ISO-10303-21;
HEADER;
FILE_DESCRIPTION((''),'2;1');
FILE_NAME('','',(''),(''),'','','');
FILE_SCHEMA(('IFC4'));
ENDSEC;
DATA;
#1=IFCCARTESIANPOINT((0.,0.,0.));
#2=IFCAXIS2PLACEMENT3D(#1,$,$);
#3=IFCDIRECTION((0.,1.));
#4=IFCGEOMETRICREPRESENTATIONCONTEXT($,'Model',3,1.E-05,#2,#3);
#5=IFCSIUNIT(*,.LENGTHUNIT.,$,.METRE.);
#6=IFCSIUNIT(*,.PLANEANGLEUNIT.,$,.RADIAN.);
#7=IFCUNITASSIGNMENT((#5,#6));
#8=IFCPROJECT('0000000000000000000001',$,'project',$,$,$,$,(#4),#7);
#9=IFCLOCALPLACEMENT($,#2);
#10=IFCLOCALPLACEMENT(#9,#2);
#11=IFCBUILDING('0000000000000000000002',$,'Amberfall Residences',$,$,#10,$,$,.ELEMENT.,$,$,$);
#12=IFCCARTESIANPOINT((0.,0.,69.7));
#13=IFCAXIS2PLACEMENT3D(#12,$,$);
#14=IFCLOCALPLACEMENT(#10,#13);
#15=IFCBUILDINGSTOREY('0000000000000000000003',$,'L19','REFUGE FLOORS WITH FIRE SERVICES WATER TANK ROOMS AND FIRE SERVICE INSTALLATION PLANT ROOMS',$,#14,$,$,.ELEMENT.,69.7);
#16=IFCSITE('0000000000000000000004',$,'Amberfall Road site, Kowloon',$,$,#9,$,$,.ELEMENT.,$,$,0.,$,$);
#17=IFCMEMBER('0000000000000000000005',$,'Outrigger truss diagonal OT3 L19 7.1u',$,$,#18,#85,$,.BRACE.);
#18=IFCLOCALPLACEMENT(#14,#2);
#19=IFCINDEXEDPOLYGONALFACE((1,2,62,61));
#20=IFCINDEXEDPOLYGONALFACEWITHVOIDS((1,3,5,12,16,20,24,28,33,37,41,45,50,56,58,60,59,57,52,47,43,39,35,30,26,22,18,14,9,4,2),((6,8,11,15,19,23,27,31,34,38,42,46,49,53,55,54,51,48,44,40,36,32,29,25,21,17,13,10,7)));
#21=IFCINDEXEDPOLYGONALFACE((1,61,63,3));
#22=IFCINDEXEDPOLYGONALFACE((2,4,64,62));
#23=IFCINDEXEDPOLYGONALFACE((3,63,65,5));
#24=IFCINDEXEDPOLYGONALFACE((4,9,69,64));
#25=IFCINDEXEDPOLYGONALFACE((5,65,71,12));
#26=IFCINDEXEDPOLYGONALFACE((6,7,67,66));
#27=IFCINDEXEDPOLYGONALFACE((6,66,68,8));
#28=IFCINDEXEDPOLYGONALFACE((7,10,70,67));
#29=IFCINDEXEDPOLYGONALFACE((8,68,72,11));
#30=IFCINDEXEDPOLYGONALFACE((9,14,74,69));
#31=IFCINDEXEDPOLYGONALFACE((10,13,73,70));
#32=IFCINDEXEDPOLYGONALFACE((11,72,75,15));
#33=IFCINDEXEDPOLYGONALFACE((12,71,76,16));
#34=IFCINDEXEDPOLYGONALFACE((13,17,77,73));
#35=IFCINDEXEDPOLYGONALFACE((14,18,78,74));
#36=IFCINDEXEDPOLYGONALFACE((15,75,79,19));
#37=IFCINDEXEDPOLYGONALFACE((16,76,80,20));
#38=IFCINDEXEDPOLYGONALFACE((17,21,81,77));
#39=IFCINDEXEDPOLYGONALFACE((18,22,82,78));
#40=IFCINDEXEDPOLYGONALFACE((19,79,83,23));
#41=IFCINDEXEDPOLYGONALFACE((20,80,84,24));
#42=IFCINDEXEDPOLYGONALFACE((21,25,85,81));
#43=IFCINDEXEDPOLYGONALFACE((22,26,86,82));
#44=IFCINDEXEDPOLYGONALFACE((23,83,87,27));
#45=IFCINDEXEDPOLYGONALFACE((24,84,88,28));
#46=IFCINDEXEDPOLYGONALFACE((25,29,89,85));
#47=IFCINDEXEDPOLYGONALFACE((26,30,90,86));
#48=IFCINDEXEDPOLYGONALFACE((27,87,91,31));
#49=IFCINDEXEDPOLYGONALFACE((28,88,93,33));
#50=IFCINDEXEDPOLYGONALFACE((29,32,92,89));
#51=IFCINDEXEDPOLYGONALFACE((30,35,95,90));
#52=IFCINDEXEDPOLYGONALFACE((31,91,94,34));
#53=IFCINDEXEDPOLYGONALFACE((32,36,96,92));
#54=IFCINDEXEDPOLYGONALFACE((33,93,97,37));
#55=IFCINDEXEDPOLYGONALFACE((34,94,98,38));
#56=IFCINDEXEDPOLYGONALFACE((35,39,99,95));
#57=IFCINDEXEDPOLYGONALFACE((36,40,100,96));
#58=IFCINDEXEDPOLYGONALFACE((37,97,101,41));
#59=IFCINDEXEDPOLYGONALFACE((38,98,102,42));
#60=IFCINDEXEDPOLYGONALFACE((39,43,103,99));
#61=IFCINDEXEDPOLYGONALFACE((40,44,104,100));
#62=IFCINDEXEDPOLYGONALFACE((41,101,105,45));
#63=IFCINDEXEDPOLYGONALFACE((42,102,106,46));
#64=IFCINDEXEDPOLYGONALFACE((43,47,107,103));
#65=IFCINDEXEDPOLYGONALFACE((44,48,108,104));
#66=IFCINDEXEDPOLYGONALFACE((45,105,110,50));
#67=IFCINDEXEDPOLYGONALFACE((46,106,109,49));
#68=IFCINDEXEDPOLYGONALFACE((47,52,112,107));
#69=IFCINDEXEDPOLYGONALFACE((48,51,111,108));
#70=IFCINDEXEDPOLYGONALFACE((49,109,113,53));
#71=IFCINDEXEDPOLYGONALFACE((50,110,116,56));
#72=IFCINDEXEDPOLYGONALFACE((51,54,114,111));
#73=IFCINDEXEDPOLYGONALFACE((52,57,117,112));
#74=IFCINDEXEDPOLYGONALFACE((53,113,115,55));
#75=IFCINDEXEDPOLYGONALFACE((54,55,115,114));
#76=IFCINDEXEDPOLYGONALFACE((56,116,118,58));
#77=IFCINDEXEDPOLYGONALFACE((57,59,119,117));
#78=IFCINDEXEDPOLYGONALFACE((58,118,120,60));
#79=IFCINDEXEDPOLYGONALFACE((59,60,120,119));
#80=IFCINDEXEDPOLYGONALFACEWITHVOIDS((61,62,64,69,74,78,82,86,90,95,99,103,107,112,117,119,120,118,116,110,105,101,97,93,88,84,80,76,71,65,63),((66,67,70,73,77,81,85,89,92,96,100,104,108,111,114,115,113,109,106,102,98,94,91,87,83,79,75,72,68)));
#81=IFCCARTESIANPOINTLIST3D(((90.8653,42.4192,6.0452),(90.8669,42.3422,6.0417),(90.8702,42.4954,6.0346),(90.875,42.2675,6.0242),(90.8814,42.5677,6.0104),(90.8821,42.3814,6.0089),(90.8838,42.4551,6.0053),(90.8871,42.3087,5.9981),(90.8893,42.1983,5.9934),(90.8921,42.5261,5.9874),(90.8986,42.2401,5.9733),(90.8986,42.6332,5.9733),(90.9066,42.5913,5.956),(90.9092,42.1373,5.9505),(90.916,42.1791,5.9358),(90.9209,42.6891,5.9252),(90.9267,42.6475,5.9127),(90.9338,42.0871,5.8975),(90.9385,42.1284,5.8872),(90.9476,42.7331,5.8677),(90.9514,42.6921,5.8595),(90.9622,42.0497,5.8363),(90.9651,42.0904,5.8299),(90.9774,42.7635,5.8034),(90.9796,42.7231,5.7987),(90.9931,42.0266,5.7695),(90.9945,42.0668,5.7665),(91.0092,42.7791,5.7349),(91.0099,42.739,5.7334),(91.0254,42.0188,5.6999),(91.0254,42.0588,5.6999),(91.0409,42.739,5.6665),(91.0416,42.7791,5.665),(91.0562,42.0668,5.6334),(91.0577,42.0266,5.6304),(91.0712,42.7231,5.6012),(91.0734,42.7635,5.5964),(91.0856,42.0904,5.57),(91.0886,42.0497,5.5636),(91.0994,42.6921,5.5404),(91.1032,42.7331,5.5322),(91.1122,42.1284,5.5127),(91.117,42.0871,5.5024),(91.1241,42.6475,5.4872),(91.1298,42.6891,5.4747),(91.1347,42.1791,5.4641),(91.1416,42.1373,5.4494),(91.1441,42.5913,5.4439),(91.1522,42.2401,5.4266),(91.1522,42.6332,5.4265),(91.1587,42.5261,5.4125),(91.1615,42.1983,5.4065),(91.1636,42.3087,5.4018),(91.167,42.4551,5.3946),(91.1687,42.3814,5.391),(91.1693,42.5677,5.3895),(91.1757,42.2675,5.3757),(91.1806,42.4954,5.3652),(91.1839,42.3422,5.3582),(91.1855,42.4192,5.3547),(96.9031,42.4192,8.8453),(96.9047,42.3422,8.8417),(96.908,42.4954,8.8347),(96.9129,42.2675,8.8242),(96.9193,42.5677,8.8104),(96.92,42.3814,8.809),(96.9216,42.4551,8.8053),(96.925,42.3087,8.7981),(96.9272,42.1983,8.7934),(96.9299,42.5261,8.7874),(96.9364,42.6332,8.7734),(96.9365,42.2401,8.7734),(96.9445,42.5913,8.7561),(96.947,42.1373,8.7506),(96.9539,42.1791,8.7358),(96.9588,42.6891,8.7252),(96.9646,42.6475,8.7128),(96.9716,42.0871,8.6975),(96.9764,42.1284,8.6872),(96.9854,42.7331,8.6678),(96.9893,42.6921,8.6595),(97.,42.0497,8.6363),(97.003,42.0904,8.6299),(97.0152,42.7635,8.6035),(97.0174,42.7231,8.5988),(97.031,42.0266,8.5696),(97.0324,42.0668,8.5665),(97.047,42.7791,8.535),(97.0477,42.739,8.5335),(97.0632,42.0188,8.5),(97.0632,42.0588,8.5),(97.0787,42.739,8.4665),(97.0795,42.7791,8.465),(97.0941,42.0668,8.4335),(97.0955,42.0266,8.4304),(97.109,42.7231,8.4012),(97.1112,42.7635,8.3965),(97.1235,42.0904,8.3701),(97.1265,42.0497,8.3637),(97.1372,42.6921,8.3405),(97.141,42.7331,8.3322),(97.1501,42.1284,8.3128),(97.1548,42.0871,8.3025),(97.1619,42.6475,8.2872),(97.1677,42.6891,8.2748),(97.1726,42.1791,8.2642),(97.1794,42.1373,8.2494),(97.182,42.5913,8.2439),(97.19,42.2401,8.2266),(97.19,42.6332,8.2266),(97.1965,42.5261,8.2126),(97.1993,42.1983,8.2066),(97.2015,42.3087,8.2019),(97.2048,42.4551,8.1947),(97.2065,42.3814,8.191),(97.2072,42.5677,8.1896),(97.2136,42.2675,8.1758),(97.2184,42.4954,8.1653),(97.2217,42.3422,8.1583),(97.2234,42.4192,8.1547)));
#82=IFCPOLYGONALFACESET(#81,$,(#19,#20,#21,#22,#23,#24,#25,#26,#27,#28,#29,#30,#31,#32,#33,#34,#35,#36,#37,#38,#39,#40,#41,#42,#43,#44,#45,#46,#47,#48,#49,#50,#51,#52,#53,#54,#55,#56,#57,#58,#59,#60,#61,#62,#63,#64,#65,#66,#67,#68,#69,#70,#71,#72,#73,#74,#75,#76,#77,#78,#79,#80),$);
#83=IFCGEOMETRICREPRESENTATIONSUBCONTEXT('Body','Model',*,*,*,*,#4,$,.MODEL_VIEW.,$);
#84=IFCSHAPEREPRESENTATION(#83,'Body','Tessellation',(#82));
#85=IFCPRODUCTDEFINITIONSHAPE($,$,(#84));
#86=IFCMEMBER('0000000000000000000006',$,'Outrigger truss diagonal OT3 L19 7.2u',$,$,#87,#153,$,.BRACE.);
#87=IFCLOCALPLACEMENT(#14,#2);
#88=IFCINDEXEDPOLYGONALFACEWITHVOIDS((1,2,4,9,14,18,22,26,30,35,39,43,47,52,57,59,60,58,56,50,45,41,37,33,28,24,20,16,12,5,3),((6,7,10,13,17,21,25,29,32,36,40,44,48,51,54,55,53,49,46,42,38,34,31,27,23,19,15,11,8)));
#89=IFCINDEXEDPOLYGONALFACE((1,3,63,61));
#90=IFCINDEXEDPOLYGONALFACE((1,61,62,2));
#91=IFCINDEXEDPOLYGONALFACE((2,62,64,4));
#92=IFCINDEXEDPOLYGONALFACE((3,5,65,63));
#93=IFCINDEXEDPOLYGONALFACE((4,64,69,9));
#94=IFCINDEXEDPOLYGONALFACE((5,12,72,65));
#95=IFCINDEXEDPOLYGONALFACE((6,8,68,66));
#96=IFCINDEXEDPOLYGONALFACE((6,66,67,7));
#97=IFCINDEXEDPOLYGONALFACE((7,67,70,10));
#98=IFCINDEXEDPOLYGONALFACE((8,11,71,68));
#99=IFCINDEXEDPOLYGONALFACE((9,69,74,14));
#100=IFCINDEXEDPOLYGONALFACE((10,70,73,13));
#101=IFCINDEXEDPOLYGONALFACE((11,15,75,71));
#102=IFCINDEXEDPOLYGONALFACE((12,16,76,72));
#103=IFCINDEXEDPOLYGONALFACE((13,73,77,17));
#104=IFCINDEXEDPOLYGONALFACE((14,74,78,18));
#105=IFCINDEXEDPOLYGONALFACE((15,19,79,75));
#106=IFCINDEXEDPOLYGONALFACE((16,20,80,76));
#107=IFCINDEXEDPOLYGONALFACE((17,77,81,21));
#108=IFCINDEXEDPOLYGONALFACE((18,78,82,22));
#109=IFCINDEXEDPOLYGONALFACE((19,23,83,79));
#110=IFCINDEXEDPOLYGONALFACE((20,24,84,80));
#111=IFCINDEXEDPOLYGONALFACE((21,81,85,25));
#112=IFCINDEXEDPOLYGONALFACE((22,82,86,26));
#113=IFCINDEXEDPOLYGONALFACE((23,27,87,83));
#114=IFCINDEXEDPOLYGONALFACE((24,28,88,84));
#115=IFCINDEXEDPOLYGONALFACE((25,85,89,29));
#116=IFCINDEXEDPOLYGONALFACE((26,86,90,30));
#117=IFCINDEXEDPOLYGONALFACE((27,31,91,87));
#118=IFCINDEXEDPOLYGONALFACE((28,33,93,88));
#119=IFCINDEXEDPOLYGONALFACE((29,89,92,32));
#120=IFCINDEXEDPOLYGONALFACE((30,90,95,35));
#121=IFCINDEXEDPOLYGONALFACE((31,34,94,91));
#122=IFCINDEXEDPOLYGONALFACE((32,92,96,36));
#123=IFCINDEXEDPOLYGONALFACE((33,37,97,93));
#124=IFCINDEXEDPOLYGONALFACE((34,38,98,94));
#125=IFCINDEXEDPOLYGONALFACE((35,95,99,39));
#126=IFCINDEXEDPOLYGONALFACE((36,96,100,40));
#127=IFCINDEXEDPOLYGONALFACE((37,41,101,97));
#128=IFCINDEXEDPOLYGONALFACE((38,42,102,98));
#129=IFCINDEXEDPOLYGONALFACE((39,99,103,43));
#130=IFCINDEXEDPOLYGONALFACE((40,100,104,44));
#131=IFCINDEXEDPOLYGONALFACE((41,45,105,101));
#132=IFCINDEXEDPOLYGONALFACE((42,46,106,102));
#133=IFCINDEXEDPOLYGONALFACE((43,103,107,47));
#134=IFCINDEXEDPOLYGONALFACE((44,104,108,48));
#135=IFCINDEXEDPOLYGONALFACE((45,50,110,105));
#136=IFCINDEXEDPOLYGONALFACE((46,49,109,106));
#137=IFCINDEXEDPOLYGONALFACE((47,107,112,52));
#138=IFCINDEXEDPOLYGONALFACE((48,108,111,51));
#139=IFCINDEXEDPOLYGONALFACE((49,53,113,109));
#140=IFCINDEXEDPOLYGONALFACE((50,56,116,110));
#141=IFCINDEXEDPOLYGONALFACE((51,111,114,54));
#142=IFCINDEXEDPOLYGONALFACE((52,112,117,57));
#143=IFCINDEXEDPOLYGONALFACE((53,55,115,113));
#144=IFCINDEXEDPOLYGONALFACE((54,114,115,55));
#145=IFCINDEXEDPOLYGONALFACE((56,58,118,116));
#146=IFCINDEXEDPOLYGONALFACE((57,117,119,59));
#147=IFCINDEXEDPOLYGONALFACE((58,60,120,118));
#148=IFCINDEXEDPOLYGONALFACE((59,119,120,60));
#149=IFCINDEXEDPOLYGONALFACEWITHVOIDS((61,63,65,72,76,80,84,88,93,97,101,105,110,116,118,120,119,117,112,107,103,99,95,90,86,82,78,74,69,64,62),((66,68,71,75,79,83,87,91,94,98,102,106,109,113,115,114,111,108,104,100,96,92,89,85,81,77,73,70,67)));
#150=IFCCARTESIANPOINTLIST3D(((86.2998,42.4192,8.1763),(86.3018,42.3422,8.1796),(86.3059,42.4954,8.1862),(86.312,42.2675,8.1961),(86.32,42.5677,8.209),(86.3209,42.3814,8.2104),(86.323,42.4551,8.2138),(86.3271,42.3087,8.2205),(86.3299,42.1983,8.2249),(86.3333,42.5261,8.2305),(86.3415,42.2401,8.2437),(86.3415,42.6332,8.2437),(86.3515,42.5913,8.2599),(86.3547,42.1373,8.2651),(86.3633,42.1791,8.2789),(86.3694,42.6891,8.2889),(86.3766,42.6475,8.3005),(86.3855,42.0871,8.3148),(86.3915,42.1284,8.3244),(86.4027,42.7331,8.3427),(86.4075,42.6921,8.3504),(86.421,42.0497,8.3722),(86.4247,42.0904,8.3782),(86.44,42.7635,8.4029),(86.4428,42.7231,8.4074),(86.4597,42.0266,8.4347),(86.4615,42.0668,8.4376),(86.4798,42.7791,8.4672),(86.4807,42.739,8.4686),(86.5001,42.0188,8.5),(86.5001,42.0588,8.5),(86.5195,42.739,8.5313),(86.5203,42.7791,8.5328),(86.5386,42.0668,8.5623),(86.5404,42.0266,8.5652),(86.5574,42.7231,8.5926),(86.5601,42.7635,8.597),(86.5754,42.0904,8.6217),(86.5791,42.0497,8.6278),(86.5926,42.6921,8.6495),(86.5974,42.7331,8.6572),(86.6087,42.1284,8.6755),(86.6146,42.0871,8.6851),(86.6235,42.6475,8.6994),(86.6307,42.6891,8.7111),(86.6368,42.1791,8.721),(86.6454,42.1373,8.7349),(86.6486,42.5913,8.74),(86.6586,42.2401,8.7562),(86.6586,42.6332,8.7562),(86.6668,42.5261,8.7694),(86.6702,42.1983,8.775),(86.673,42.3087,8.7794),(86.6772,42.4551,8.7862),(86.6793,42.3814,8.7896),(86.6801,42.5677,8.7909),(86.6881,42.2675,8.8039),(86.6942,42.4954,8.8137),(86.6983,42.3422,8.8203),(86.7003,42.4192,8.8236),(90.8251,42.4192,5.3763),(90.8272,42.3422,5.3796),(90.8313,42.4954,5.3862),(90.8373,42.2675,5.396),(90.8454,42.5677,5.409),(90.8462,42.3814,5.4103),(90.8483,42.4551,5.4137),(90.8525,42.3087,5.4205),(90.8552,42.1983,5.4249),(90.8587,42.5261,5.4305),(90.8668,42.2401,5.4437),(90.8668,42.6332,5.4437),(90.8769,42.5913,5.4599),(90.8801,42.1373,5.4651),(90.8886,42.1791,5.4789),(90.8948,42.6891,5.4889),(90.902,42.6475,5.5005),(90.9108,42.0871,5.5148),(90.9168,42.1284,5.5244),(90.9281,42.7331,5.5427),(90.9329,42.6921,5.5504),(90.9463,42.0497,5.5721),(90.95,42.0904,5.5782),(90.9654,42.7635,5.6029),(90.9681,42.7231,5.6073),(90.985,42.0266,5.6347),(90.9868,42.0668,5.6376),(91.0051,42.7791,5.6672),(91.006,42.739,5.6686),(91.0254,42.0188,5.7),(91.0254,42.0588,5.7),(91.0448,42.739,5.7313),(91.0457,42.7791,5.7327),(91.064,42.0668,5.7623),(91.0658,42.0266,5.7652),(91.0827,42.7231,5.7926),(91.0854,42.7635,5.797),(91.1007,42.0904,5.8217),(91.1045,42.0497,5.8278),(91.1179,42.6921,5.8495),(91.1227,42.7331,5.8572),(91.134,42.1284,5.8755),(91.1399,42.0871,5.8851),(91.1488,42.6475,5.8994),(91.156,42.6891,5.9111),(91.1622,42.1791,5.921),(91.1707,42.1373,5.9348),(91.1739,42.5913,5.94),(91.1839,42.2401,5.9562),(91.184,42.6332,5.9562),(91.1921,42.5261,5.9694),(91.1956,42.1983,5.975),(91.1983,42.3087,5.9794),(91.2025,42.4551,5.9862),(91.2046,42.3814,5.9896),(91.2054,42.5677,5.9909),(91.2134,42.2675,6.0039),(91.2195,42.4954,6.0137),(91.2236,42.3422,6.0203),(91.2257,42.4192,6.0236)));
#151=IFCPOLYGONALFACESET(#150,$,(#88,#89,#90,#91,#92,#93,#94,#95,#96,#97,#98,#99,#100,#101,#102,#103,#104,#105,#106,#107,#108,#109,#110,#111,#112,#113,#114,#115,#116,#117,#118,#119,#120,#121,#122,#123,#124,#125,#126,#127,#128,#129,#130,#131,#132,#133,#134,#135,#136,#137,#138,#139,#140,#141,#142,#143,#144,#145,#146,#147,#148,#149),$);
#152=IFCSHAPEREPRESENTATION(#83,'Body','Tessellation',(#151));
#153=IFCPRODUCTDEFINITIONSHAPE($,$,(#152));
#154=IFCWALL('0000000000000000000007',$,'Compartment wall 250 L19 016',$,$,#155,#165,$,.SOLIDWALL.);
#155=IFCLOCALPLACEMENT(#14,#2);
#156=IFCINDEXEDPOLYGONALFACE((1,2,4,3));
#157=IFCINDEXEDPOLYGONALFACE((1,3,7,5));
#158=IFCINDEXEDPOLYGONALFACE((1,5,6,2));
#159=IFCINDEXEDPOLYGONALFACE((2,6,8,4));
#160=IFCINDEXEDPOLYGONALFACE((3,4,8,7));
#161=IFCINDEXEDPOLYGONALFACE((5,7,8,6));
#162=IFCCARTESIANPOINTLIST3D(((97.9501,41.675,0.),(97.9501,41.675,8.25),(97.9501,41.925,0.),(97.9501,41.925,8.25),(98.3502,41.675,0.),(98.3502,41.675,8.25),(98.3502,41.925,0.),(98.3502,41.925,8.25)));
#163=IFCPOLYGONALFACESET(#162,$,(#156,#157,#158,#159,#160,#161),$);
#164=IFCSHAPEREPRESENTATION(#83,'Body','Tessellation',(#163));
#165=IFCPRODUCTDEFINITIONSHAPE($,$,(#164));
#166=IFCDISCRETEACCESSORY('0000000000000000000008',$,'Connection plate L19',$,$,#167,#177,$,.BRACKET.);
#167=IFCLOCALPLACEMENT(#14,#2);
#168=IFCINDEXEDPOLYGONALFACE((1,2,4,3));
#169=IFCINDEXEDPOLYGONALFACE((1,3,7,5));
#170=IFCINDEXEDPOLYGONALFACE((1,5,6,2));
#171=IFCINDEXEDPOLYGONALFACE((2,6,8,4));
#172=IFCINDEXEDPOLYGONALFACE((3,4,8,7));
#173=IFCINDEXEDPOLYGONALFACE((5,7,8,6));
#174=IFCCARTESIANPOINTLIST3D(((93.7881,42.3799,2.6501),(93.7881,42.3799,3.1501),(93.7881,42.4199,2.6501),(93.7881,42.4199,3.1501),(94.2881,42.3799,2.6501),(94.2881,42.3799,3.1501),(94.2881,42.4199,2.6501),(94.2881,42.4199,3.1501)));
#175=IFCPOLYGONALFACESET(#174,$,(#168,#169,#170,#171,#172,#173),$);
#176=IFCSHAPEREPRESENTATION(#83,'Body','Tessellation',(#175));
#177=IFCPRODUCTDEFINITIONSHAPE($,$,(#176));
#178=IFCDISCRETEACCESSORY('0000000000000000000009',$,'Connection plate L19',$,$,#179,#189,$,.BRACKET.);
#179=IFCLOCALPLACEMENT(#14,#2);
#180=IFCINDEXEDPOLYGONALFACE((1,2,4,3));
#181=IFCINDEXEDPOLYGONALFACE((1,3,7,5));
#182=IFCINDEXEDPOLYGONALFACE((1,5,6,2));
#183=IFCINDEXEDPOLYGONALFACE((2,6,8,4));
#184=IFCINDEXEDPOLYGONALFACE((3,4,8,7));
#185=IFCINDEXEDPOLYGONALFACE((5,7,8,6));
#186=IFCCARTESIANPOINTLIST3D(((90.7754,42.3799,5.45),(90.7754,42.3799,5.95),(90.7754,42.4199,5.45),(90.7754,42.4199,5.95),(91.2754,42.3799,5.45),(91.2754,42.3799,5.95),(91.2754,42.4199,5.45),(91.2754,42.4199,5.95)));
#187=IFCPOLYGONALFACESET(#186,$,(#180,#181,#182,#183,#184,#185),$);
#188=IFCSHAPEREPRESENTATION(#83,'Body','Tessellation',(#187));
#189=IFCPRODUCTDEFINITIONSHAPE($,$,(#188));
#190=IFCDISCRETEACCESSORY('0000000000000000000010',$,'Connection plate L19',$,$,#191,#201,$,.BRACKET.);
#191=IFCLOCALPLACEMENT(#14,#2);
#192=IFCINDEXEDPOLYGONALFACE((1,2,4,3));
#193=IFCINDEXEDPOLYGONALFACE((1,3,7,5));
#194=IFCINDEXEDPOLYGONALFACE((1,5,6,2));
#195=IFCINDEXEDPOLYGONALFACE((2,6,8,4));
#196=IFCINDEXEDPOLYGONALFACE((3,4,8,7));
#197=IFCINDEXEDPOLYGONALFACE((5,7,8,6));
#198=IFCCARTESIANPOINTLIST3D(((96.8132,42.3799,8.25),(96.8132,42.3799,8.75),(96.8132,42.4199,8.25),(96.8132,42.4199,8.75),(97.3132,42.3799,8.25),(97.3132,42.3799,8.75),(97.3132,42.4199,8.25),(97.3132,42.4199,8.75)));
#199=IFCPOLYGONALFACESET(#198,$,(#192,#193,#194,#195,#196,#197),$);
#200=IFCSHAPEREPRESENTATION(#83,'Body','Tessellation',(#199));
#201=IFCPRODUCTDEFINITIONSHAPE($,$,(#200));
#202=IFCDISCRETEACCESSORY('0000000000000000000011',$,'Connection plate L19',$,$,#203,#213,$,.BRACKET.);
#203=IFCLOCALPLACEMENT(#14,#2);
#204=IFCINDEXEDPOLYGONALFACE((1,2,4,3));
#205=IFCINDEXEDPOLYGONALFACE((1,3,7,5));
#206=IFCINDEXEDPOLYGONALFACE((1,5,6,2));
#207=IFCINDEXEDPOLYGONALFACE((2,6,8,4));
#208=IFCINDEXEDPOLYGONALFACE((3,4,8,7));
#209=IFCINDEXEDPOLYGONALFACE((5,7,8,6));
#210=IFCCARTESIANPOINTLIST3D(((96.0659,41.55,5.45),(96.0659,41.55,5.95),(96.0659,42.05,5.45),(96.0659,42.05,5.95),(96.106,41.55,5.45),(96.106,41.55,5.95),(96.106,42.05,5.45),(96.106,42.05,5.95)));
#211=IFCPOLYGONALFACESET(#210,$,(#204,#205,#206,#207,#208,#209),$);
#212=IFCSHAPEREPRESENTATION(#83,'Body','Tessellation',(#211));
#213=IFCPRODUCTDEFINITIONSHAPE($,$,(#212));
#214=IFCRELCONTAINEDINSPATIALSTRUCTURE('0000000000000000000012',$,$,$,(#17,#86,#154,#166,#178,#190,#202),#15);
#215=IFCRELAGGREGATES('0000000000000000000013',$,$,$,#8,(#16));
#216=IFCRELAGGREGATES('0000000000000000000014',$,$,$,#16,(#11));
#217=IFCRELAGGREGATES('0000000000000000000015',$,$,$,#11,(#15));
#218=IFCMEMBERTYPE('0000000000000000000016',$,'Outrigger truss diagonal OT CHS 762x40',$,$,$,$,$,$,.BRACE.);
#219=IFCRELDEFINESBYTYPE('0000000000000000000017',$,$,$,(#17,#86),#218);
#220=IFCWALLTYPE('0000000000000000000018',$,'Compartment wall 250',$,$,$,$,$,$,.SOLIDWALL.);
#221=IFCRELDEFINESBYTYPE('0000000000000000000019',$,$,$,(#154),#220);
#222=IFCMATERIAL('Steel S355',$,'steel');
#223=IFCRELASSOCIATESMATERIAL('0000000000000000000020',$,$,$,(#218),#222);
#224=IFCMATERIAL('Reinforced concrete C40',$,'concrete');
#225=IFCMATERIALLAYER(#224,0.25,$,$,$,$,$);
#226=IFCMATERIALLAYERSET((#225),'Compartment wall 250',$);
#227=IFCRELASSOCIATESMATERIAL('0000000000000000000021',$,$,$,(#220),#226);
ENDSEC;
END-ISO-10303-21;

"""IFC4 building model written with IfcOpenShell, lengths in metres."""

from ifc_helpers import new_model, si_unit, direction, frame, frame_2d, origin, origin_2d, place, context, subcontext, project, spatial, rectangle, hollow_circle, extrude, material, layer, layer_set, material_profile, profile_set, type_object, element, save


model = new_model("IFC4")

# Units and contexts
model_context = context("Model", 3, precision=1e-05, world=origin(), true_north=direction((0.0, 1.0)))
body_context = subcontext(model_context, "Body", "Model", "MODEL_VIEW")
ifc_project = project(units=[si_unit("LENGTHUNIT", "METRE"), si_unit("PLANEANGLEUNIT", "RADIAN")], contexts=[model_context])

# Site, building, storey
site_placement = place(None, origin())
site = spatial("IfcSite", under=ifc_project, at=site_placement, Name="Amberfall Road site, Kowloon", CompositionType="ELEMENT", RefElevation=0.0)
building_placement = place(site_placement, origin())
building = spatial("IfcBuilding", under=site, at=building_placement, Name="Amberfall Residences", CompositionType="ELEMENT")
storey_placement = place(building_placement, frame((0.0, 0.0, 69.7)))
storey = spatial("IfcBuildingStorey", under=building, at=storey_placement, Name="L19", Description="REFUGE FLOORS WITH FIRE SERVICES WATER TANK ROOMS AND FIRE SERVICE INSTALLATION PLANT ROOMS", CompositionType="ELEMENT", Elevation=69.7)

# Shared definitions
ifc_material_1 = material(Name="Steel S355", Category="steel")

# Members
ifc_material_profile_1 = material_profile(ifc_material_1, hollow_circle(Radius=0.3811, WallThickness=0.04, at=origin_2d()), Name="CHS 762x40")
ifc_profile_set_1 = profile_set([ifc_material_profile_1], Name="Steel S355")
member_type_1 = type_object("IfcMemberType", Name="Outrigger truss diagonal OT CHS 762x40", PredefinedType="BRACE", material=ifc_profile_set_1)
member_1_placement = place(storey_placement, frame((97.0632, 42.3999, 8.5), z_axis=(-0.907195, 0.0, -0.420711), x_axis=(0.0, -1.0, 0.0)))
element("IfcMember", 1, at=member_1_placement, inside=storey, type_object=member_type_1, Name="Outrigger truss diagonal OT3 L19 7.1u", PredefinedType="BRACE", context=body_context, shape_type="SweptSolid", body=[
    extrude(hollow_circle(Radius=0.3811, WallThickness=0.04, at=origin_2d()), origin(), (0.0, 0.0, 1.0), 6.6555),
])
member_2_placement = place(storey_placement, frame((91.0254, 42.3999, 5.7), z_axis=(-0.850381, 0.0, 0.526167), x_axis=(0.0, -1.0, 0.0)))
element("IfcMember", 2, at=member_2_placement, inside=storey, type_object=member_type_1, Name="Outrigger truss diagonal OT3 L19 7.2u", PredefinedType="BRACE", context=body_context, shape_type="SweptSolid", body=[
    extrude(hollow_circle(Radius=0.3811, WallThickness=0.04, at=origin_2d()), origin(), (0.0, 0.0, 1.0), 5.3215),
])

# Wall
ifc_material_2 = material(Name="Reinforced concrete C40", Category="concrete")
ifc_layer = layer(ifc_material_2, 0.25)
ifc_layer_set = layer_set([ifc_layer], Name="Compartment wall 250")
wall_type = type_object("IfcWallType", Name="Compartment wall 250", PredefinedType="SOLIDWALL", material=ifc_layer_set)
wall_placement = place(storey_placement, frame((97.95, 41.8, 0.0), z_axis=(0.0, 0.0, 1.0), x_axis=(1.0, 0.0, 0.0)))
element("IfcWall", 3, at=wall_placement, inside=storey, type_object=wall_type, Name="Compartment wall 250 L19 016", PredefinedType="SOLIDWALL", context=body_context, shape_type="SweptSolid", body=[
    extrude(rectangle(XDim=0.4001, YDim=0.25, at=frame_2d((0.2002, 0.0))), origin(), (0.0, 0.0, 1.0), 8.25),
])

# Discrete accessories
for number, where, z_axis, x_axis, name in (
    (4, (94.0381, 42.3999, 2.6501), (0.0, 0.0, 1.0), (1.0, 0.0, 0.0), "Connection plate L19"),
    (5, (91.0254, 42.3999, 5.45), (0.0, 0.0, 1.0), (1.0, 0.0, 0.0), "Connection plate L19"),
    (6, (97.0632, 42.3999, 8.25), (0.0, 0.0, 1.0), (1.0, 0.0, 0.0), "Connection plate L19"),
    (7, (96.0859, 41.8, 5.45), (0.0, 0.0, 1.0), (0.0, 1.0, 0.0), "Connection plate L19"),
):
    element("IfcDiscreteAccessory", number, at=place(storey_placement, frame(where, z_axis=z_axis, x_axis=x_axis)), inside=storey, Name=name, PredefinedType="BRACKET", context=body_context, shape_type="SweptSolid", body=[
        extrude(rectangle(XDim=0.5, YDim=0.04, at=origin_2d()), origin(), (0.0, 0.0, 1.0), 0.5),
    ])

save(model, "model.ifc")
